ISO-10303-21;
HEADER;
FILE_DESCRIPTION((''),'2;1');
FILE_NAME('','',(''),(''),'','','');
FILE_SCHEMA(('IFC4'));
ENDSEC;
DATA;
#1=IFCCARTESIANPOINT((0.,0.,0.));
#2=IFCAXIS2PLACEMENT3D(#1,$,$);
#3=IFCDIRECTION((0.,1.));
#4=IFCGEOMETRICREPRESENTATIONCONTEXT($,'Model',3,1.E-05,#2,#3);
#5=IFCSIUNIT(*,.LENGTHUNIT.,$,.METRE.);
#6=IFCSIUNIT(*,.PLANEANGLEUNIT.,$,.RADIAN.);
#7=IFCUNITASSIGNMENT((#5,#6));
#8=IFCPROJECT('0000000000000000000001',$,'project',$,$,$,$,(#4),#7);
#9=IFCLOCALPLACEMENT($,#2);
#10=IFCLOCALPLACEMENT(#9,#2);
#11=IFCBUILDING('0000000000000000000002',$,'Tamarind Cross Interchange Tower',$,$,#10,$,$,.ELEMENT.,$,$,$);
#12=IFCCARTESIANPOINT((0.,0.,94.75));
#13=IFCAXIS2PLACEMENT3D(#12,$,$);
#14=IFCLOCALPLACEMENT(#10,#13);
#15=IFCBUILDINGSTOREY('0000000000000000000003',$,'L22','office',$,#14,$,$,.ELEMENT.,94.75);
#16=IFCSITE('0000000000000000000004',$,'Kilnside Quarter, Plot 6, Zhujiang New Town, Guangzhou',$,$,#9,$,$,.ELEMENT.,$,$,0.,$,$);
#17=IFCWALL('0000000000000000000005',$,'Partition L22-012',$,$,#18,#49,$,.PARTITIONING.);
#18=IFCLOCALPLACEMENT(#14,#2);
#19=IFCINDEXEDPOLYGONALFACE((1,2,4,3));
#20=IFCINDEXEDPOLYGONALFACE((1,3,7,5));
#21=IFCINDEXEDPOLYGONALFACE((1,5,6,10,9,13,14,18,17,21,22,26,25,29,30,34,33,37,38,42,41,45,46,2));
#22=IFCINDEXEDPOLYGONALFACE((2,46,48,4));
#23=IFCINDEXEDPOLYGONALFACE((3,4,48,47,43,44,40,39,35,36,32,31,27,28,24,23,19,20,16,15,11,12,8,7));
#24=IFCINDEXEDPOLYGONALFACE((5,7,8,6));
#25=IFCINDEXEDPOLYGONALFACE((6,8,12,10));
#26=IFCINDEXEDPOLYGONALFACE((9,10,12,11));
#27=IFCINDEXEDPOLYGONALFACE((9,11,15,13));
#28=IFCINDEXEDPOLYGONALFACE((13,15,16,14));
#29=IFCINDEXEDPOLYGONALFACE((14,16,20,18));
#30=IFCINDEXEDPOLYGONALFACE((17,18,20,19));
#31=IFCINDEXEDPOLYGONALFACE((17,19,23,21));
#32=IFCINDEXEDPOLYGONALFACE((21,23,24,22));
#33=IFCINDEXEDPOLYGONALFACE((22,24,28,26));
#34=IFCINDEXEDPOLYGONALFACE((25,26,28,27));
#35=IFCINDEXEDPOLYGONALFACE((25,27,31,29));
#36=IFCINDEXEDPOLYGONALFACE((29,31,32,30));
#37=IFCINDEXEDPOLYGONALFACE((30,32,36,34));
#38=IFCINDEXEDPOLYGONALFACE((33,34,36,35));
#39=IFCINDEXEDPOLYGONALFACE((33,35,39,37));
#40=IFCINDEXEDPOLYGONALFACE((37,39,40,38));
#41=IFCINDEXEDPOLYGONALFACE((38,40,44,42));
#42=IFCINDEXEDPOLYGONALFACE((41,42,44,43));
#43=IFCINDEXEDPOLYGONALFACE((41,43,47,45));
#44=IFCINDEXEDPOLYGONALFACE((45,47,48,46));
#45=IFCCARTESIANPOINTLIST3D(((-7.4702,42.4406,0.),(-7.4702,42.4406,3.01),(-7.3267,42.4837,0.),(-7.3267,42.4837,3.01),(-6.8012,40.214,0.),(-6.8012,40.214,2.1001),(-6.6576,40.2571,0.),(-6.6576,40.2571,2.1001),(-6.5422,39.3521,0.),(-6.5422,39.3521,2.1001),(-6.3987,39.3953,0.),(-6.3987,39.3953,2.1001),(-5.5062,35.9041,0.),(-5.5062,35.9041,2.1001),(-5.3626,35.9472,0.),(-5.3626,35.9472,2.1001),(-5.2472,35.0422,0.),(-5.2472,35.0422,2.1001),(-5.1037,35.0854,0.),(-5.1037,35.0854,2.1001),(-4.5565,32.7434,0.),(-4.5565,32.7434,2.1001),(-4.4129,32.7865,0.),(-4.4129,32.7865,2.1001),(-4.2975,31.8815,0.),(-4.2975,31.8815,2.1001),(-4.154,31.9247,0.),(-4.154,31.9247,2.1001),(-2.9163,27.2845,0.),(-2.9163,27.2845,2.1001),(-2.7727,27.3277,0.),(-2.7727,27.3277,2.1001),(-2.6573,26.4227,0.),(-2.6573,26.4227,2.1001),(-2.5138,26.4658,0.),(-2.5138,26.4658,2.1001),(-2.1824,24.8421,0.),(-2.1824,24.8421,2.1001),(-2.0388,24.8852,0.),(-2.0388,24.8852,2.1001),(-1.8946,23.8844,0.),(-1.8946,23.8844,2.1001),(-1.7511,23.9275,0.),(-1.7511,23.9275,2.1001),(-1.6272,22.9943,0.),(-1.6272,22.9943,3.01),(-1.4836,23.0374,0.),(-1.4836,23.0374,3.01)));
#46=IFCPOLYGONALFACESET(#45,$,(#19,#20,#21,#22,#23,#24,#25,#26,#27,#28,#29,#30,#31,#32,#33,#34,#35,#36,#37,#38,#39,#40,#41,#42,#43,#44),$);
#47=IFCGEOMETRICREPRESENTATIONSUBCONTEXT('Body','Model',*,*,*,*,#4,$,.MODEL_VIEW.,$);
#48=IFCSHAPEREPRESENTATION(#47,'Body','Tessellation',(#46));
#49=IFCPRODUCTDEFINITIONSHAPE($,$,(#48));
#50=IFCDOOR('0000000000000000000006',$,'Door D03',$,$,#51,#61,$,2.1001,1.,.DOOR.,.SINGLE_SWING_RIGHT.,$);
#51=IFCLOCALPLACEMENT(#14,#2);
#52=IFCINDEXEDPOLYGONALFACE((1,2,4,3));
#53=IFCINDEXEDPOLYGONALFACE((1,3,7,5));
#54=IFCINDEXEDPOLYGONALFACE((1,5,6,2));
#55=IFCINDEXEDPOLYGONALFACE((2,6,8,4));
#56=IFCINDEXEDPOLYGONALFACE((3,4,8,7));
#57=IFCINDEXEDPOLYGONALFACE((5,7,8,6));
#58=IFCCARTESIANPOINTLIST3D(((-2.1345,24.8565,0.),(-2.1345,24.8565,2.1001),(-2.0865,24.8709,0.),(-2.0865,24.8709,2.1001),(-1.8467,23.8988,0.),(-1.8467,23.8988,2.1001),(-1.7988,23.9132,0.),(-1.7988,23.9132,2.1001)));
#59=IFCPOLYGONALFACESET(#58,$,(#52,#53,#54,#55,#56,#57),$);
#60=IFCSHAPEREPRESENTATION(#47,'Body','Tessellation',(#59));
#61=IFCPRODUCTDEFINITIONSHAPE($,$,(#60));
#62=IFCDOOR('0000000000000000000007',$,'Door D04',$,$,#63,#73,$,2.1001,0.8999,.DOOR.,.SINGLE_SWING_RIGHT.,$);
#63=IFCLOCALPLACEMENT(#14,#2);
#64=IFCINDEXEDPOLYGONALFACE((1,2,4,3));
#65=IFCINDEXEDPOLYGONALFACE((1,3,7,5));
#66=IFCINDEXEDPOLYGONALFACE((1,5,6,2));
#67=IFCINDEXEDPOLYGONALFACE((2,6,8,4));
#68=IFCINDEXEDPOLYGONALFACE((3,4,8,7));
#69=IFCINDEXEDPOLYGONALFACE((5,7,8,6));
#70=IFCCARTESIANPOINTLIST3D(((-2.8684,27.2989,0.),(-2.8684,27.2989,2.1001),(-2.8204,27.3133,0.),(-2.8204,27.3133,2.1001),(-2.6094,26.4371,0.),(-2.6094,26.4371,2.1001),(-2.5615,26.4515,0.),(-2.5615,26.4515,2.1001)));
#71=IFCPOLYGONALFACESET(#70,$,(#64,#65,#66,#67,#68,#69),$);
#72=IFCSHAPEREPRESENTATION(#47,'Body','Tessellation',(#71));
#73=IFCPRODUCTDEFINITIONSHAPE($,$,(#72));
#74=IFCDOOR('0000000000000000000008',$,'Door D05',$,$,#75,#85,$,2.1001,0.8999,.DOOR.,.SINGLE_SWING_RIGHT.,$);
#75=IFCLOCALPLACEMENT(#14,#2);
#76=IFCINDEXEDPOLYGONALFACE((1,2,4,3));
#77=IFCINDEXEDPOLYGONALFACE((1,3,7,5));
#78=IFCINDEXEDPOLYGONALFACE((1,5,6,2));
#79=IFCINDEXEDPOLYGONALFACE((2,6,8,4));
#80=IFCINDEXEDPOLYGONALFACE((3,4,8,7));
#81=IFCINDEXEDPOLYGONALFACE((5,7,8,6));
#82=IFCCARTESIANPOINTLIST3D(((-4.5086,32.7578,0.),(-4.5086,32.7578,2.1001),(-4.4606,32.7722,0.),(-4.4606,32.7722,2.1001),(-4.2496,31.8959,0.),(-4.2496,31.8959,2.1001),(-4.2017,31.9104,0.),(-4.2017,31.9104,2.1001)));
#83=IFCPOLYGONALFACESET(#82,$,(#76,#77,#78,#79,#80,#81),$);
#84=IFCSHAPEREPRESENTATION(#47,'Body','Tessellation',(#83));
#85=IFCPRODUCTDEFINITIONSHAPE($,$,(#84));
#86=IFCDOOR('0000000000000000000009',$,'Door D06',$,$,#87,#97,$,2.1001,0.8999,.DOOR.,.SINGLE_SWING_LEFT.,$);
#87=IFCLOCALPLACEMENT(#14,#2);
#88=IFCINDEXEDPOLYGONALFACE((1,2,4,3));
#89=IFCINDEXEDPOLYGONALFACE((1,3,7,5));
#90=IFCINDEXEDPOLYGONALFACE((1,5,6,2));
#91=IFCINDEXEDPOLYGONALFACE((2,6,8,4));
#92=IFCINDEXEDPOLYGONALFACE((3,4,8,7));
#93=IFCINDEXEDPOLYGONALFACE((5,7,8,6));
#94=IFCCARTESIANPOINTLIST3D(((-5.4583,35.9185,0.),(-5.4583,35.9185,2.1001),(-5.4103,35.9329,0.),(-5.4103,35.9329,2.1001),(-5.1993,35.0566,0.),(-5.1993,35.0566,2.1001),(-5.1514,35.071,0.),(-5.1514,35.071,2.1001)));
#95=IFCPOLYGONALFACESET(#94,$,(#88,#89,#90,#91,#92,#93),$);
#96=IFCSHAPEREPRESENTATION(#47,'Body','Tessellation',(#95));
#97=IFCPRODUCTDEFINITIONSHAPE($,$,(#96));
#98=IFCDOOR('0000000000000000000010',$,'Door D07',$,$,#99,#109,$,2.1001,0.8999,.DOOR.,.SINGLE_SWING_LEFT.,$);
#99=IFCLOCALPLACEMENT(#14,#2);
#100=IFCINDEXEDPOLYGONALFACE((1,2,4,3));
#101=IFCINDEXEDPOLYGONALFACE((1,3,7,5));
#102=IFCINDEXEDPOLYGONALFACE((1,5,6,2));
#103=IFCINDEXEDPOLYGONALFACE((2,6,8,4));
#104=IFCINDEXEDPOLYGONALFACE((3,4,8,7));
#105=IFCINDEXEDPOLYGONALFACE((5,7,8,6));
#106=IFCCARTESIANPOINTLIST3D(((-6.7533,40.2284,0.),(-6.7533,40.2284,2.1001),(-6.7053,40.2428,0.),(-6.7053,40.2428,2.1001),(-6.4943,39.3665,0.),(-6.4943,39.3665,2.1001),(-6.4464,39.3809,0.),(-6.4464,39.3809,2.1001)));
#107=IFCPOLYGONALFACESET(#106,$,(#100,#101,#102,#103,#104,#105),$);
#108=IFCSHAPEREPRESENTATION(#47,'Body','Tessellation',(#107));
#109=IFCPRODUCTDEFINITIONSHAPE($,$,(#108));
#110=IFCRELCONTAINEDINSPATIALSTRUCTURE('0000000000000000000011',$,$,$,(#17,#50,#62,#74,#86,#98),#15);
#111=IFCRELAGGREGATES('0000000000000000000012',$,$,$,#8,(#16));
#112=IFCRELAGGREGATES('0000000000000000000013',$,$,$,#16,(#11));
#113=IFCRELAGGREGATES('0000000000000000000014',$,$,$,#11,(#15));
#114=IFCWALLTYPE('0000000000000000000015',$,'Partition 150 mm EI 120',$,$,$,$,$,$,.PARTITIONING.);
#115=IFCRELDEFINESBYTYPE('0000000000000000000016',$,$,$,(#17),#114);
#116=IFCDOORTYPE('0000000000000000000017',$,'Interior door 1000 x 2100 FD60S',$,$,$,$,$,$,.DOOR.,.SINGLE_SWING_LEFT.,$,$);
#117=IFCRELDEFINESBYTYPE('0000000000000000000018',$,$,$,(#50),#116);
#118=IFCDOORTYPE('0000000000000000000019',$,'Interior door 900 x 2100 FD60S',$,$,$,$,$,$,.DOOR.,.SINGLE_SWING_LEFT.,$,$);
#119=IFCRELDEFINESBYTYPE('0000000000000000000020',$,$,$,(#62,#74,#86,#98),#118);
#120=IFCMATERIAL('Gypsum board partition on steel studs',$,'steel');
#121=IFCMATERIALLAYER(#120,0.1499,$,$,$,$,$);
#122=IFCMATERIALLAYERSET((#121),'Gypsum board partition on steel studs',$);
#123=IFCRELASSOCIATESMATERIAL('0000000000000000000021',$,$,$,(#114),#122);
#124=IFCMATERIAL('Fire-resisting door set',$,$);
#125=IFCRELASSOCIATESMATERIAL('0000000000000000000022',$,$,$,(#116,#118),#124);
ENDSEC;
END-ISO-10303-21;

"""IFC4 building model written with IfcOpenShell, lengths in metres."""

from ifc_helpers import new_model, si_unit, direction, frame, frame_2d, origin, place, context, subcontext, project, spatial, rectangle, extrude, material, layer, layer_set, type_object, element, fill, save


model = new_model("IFC4")

# Units and contexts
model_context = context("Model", 3, precision=1e-05, world=origin(), true_north=direction((0.0, 1.0)))
body_context = subcontext(model_context, "Body", "Model", "MODEL_VIEW")
ifc_project = project(units=[si_unit("LENGTHUNIT", "METRE"), si_unit("PLANEANGLEUNIT", "RADIAN")], contexts=[model_context])

# Site, building, storey
site_placement = place(None, origin())
site = spatial("IfcSite", under=ifc_project, at=site_placement, Name="Kilnside Quarter, Plot 6, Zhujiang New Town, Guangzhou", CompositionType="ELEMENT", RefElevation=0.0)
building_placement = place(site_placement, origin())
building = spatial("IfcBuilding", under=site, at=building_placement, Name="Tamarind Cross Interchange Tower", CompositionType="ELEMENT")
storey_placement = place(building_placement, frame((0.0, 0.0, 94.75)))
storey = spatial("IfcBuildingStorey", under=building, at=storey_placement, Name="L22", Description="office", CompositionType="ELEMENT", Elevation=94.75)

# Shared definitions
ifc_material_1 = material(Name="Gypsum board partition on steel studs", Category="steel")

# Wall, openings, doors
ifc_layer_1 = layer(ifc_material_1, 0.1499)
ifc_layer_set_1 = layer_set([ifc_layer_1], Name="Gypsum board partition on steel studs")
wall_type_1 = type_object("IfcWallType", Name="Partition 150 mm EI 120", PredefinedType="PARTITIONING", material=ifc_layer_set_1)
wall_1_placement = place(storey_placement, frame((-7.3984, 42.4622, 0.0), z_axis=(0.0, 0.0, 1.0), x_axis=(0.28776, -0.957702, 0.0)))
wall_1 = element("IfcWall", 1, at=wall_1_placement, inside=storey, type_object=wall_type_1, Name="Partition L22-012", PredefinedType="PARTITIONING", context=body_context, shape_type="SweptSolid", body=[
    extrude(rectangle(XDim=20.3052, YDim=0.1499, at=frame_2d((10.1526, 0.0))), origin(), (0.0, 0.0, 1.0), 3.01),
])
opening_1_placement = place(wall_1_placement, frame((18.3757, 0.0, 0.0)))
opening_1 = element("IfcOpeningElement", 2, at=opening_1_placement, cuts=wall_1, PredefinedType="OPENING", context=body_context, shape_type="SweptSolid", body=[
    extrude(rectangle(XDim=1.0, YDim=2.1001, at=frame_2d((0.5, 1.05))), frame((0.0, 0.085, 0.0), z_axis=(0.0, -1.0, 0.0), x_axis=(1.0, 0.0, 0.0)), (0.0, 0.0, 1.0), 0.1699),
])
opening_2_placement = place(wall_1_placement, frame((15.8254, 0.0, 0.0)))
opening_2 = element("IfcOpeningElement", 3, at=opening_2_placement, cuts=wall_1, PredefinedType="OPENING", context=body_context, shape_type="SweptSolid", body=[
    extrude(rectangle(XDim=0.8999, YDim=2.1001, at=frame_2d((0.45, 1.05))), frame((0.0, 0.085, 0.0), z_axis=(0.0, -1.0, 0.0), x_axis=(1.0, 0.0, 0.0)), (0.0, 0.0, 1.0), 0.1699),
])
opening_3_placement = place(wall_1_placement, frame((10.1255, 0.0, 0.0)))
opening_3 = element("IfcOpeningElement", 4, at=opening_3_placement, cuts=wall_1, PredefinedType="OPENING", context=body_context, shape_type="SweptSolid", body=[
    extrude(rectangle(XDim=0.8999, YDim=2.1001, at=frame_2d((0.45, 1.05))), frame((0.0, 0.085, 0.0), z_axis=(0.0, -1.0, 0.0), x_axis=(1.0, 0.0, 0.0)), (0.0, 0.0, 1.0), 0.1699),
])
opening_4_placement = place(wall_1_placement, frame((6.8252, 0.0, 0.0)))
opening_4 = element("IfcOpeningElement", 5, at=opening_4_placement, cuts=wall_1, PredefinedType="OPENING", context=body_context, shape_type="SweptSolid", body=[
    extrude(rectangle(XDim=0.8999, YDim=2.1001, at=frame_2d((0.45, 1.05))), frame((0.0, 0.085, 0.0), z_axis=(0.0, -1.0, 0.0), x_axis=(1.0, 0.0, 0.0)), (0.0, 0.0, 1.0), 0.1699),
])
opening_5_placement = place(wall_1_placement, frame((2.325, 0.0, 0.0)))
opening_5 = element("IfcOpeningElement", 6, at=opening_5_placement, cuts=wall_1, PredefinedType="OPENING", context=body_context, shape_type="SweptSolid", body=[
    extrude(rectangle(XDim=0.8999, YDim=2.1001, at=frame_2d((0.45, 1.05))), frame((0.0, 0.085, 0.0), z_axis=(0.0, -1.0, 0.0), x_axis=(1.0, 0.0, 0.0)), (0.0, 0.0, 1.0), 0.1699),
])
ifc_material_2 = material(Name="Fire-resisting door set")
door_type_1 = type_object("IfcDoorType", Name="Interior door 1000 x 2100 FD60S", OperationType="SINGLE_SWING_LEFT", PredefinedType="DOOR", material=ifc_material_2)
door_1_placement = place(opening_1_placement, frame((1.0, 0.0, 0.0), z_axis=(0.0, 0.0, 1.0), x_axis=(-1.0, 0.0, 0.0)))
door_1 = element("IfcDoor", 7, at=door_1_placement, inside=storey, type_object=door_type_1, Name="Door D03", OperationType="SINGLE_SWING_RIGHT", OverallHeight=2.1001, OverallWidth=1.0, PredefinedType="DOOR", context=body_context, shape_type="SweptSolid", body=[
    extrude(rectangle(XDim=1.0, YDim=2.1001, at=frame_2d((0.5, 1.05))), frame((0.0, 0.0249, 0.0), z_axis=(0.0, -1.0, 0.0), x_axis=(1.0, 0.0, 0.0)), (0.0, 0.0, 1.0), 0.05),
])
fill(opening_1, door_1)
door_type_2 = type_object("IfcDoorType", Name="Interior door 900 x 2100 FD60S", OperationType="SINGLE_SWING_LEFT", PredefinedType="DOOR", material=ifc_material_2)
door_2_placement = place(opening_2_placement, frame((0.8999, 0.0, 0.0), z_axis=(0.0, 0.0, 1.0), x_axis=(-1.0, 0.0, 0.0)))
door_2 = element("IfcDoor", 8, at=door_2_placement, inside=storey, type_object=door_type_2, Name="Door D04", OperationType="SINGLE_SWING_RIGHT", OverallHeight=2.1001, OverallWidth=0.8999, PredefinedType="DOOR", context=body_context, shape_type="SweptSolid", body=[
    extrude(rectangle(XDim=0.8999, YDim=2.1001, at=frame_2d((0.45, 1.05))), frame((0.0, 0.0249, 0.0), z_axis=(0.0, -1.0, 0.0), x_axis=(1.0, 0.0, 0.0)), (0.0, 0.0, 1.0), 0.05),
])
fill(opening_2, door_2)
door_3_placement = place(opening_3_placement, frame((0.8999, 0.0, 0.0), z_axis=(0.0, 0.0, 1.0), x_axis=(-1.0, 0.0, 0.0)))
door_3 = element("IfcDoor", 9, at=door_3_placement, inside=storey, type_object=door_type_2, Name="Door D05", OperationType="SINGLE_SWING_RIGHT", OverallHeight=2.1001, OverallWidth=0.8999, PredefinedType="DOOR", context=body_context, shape_type="SweptSolid", body=[
    extrude(rectangle(XDim=0.8999, YDim=2.1001, at=frame_2d((0.45, 1.05))), frame((0.0, 0.0249, 0.0), z_axis=(0.0, -1.0, 0.0), x_axis=(1.0, 0.0, 0.0)), (0.0, 0.0, 1.0), 0.05),
])
fill(opening_3, door_3)
door_4_placement = place(opening_4_placement, frame((0.8999, 0.0, 0.0), z_axis=(0.0, 0.0, 1.0), x_axis=(-1.0, 0.0, 0.0)))
door_4 = element("IfcDoor", 10, at=door_4_placement, inside=storey, type_object=door_type_2, Name="Door D06", OperationType="SINGLE_SWING_LEFT", OverallHeight=2.1001, OverallWidth=0.8999, PredefinedType="DOOR", context=body_context, shape_type="SweptSolid", body=[
    extrude(rectangle(XDim=0.8999, YDim=2.1001, at=frame_2d((0.45, 1.05))), frame((0.0, 0.0249, 0.0), z_axis=(0.0, -1.0, 0.0), x_axis=(1.0, 0.0, 0.0)), (0.0, 0.0, 1.0), 0.05),
])
fill(opening_4, door_4)
door_5_placement = place(opening_5_placement, frame((0.8999, 0.0, 0.0), z_axis=(0.0, 0.0, 1.0), x_axis=(-1.0, 0.0, 0.0)))
door_5 = element("IfcDoor", 11, at=door_5_placement, inside=storey, type_object=door_type_2, Name="Door D07", OperationType="SINGLE_SWING_LEFT", OverallHeight=2.1001, OverallWidth=0.8999, PredefinedType="DOOR", context=body_context, shape_type="SweptSolid", body=[
    extrude(rectangle(XDim=0.8999, YDim=2.1001, at=frame_2d((0.45, 1.05))), frame((0.0, 0.0249, 0.0), z_axis=(0.0, -1.0, 0.0), x_axis=(1.0, 0.0, 0.0)), (0.0, 0.0, 1.0), 0.05),
])
fill(opening_5, door_5)

save(model, "model.ifc")
